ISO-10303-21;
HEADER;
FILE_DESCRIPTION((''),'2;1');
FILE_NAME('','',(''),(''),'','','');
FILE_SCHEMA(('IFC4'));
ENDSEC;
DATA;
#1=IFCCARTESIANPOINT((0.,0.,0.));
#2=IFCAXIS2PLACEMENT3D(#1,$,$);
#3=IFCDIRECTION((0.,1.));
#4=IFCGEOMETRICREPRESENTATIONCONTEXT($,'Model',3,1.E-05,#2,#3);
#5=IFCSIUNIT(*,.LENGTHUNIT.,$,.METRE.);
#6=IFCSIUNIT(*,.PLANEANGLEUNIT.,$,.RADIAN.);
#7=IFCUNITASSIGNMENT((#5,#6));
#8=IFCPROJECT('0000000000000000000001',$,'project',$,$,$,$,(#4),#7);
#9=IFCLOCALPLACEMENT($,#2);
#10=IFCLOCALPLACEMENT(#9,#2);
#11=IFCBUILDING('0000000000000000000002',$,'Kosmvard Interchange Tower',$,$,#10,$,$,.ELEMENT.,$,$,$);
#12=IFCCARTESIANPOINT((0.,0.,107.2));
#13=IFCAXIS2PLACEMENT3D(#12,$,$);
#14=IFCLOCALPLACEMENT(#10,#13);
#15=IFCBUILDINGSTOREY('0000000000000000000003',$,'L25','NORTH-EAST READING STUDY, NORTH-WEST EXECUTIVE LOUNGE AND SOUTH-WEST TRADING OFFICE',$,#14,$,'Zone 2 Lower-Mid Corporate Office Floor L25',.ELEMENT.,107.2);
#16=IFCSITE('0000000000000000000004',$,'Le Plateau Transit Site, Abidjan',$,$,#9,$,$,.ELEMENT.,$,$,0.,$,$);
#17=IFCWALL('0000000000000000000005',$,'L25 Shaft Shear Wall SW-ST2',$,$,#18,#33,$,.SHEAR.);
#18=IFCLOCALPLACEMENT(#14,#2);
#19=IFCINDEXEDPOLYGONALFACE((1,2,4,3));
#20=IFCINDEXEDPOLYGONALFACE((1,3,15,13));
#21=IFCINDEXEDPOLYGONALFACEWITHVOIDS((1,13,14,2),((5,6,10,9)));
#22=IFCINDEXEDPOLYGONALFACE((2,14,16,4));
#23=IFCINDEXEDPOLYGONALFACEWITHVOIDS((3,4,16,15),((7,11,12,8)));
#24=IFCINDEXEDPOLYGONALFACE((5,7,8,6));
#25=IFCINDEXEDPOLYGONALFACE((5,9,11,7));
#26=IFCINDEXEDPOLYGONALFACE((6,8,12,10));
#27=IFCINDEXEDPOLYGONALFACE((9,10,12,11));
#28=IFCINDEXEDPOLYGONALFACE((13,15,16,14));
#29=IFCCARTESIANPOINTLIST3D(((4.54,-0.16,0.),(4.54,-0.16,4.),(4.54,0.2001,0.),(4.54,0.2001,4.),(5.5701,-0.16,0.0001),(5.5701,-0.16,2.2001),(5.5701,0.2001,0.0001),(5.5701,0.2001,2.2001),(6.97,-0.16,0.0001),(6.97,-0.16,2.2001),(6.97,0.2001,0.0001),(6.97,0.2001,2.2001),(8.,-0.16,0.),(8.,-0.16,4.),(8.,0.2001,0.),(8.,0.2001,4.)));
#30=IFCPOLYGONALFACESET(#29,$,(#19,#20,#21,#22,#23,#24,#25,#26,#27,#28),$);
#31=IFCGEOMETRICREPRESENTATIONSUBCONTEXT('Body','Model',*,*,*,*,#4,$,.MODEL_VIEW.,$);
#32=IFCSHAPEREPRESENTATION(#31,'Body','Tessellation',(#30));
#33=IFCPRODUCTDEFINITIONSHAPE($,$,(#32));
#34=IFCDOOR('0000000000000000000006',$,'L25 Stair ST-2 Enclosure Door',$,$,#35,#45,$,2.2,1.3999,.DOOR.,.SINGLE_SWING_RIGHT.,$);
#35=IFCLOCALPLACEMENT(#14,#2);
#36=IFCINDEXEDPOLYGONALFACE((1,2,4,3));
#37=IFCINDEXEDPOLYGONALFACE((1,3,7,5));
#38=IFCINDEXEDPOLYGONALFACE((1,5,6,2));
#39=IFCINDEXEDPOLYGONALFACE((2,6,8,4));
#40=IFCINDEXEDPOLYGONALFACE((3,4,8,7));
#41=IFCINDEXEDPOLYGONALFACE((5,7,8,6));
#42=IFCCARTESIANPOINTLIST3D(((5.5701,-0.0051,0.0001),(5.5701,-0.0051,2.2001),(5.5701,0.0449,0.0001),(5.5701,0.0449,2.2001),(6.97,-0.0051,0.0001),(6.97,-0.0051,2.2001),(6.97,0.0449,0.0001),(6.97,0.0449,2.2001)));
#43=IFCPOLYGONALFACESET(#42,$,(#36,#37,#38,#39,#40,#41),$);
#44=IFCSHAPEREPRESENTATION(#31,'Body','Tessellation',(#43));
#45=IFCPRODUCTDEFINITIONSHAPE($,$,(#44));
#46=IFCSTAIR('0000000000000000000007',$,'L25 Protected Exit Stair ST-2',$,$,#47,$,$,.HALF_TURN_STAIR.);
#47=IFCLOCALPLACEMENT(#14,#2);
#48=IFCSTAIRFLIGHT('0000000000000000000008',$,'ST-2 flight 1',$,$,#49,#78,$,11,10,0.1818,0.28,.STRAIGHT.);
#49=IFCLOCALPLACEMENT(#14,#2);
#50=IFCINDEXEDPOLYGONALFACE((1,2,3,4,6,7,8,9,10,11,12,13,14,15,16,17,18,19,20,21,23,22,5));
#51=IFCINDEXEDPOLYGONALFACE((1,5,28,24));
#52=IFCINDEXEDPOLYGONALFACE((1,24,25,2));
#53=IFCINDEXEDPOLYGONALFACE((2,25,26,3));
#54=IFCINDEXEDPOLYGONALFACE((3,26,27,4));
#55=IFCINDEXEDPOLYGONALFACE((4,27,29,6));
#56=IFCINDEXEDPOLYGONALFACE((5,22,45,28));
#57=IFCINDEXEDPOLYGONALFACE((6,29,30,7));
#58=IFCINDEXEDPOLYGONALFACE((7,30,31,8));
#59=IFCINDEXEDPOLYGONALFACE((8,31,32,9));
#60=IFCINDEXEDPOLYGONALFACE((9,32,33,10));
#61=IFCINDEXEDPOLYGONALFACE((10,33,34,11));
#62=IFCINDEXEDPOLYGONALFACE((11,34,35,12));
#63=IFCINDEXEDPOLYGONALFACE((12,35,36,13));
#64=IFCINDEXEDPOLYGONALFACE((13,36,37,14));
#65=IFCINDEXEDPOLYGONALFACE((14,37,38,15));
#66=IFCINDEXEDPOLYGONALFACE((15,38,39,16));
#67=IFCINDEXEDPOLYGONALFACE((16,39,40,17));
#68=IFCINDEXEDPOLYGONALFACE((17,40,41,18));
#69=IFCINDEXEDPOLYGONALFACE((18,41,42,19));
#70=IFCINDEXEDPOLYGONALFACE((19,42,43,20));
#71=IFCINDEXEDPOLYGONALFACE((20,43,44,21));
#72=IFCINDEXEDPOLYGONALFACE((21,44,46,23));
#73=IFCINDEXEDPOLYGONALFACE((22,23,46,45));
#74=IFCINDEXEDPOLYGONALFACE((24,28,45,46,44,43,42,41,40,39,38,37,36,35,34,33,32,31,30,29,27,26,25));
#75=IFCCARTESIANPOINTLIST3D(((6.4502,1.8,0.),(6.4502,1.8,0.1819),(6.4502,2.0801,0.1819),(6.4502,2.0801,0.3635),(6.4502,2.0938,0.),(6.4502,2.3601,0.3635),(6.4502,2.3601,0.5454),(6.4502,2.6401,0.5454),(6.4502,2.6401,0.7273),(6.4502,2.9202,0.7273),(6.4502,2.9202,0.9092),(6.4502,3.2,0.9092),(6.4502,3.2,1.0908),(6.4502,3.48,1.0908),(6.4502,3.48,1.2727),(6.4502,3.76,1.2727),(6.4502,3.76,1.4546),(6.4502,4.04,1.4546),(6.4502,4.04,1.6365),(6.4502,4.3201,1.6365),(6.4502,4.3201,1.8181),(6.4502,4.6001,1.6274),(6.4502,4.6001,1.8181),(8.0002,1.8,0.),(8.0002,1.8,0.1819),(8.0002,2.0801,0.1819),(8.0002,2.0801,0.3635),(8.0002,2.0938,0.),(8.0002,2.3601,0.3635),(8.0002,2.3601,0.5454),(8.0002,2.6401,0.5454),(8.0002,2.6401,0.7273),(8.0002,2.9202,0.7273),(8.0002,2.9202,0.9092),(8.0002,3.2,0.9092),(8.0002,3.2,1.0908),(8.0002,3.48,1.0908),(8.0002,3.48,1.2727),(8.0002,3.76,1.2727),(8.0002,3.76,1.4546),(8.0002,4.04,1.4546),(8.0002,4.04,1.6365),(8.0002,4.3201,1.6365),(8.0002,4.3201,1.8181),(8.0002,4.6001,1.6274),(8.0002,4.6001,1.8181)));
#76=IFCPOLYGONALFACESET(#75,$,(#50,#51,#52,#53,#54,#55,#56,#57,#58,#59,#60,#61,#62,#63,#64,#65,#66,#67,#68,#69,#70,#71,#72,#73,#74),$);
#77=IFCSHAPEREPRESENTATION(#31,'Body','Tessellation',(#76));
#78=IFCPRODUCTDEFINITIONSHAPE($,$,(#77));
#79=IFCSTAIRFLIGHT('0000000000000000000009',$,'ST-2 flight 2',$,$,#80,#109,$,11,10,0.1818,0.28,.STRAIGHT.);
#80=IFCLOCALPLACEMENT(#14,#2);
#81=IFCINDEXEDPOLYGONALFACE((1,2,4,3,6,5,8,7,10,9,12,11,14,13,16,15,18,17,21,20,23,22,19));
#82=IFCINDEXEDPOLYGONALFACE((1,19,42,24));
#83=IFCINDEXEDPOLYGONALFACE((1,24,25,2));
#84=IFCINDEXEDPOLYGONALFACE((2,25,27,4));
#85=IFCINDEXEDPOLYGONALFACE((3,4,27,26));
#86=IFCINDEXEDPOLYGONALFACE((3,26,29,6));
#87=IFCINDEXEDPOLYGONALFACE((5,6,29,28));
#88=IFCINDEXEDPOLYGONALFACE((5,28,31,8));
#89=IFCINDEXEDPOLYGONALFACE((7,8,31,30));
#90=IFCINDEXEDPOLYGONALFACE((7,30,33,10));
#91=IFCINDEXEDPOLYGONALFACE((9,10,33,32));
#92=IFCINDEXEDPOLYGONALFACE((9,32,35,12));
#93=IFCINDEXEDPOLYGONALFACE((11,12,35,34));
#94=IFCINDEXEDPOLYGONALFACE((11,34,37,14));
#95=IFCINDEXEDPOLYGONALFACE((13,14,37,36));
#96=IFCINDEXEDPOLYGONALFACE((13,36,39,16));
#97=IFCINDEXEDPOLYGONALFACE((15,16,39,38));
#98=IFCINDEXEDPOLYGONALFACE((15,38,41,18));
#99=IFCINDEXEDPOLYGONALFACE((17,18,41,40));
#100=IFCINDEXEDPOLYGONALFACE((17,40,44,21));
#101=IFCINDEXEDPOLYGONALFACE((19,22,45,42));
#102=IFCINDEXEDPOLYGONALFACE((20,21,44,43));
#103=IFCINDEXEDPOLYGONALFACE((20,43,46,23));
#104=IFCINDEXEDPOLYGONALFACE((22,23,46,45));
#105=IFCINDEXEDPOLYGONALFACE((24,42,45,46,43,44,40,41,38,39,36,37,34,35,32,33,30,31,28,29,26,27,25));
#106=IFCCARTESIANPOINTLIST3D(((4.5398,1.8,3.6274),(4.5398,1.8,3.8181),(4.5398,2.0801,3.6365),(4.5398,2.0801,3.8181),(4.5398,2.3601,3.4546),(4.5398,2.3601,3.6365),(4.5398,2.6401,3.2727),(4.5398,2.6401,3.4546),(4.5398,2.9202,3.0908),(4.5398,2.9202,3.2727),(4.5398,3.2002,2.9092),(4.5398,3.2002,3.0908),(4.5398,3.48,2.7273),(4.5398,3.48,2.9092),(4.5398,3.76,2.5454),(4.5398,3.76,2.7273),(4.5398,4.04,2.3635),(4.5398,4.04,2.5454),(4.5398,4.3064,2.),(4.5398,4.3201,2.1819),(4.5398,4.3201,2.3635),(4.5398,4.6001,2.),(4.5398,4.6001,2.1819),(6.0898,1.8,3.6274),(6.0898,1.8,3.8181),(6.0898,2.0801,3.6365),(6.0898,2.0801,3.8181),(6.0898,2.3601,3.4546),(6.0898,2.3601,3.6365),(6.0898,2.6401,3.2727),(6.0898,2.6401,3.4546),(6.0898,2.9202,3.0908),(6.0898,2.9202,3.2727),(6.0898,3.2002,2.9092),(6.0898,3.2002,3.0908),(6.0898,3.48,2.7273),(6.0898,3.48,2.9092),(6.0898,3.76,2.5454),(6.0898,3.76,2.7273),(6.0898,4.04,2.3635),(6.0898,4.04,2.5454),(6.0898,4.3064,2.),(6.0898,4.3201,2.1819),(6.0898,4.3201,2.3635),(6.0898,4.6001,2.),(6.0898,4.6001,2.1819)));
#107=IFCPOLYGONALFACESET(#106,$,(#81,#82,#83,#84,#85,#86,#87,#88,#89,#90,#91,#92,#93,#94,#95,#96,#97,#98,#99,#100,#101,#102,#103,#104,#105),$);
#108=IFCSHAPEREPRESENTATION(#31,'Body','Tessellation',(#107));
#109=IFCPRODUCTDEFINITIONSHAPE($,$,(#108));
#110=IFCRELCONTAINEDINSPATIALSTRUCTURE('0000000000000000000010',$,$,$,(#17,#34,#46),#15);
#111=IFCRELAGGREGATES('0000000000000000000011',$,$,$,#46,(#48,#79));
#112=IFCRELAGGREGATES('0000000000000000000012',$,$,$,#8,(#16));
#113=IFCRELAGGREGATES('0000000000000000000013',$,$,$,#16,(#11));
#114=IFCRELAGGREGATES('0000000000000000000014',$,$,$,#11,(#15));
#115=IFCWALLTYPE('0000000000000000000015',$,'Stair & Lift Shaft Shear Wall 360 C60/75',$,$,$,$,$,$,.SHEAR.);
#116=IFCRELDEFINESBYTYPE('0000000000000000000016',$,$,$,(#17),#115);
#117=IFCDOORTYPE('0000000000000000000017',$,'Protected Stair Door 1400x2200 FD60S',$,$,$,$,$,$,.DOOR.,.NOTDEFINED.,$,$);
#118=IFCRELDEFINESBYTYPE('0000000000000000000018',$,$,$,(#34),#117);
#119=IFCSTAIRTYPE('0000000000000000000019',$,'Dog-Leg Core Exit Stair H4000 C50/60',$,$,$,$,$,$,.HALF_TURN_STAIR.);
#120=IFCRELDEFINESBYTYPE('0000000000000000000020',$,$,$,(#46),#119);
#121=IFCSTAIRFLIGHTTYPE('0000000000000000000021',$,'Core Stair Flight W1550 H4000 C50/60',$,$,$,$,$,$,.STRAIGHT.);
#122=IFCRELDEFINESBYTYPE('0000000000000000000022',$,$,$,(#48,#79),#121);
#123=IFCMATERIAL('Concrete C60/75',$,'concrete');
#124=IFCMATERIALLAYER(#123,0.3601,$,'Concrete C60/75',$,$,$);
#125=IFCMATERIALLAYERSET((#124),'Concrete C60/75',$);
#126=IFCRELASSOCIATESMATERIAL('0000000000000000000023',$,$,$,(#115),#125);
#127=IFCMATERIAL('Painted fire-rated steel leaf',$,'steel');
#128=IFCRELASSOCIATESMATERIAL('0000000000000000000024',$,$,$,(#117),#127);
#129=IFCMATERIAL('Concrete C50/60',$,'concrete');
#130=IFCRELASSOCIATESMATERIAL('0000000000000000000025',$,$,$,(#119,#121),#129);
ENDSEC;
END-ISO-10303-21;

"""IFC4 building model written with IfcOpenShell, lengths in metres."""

from ifc_helpers import new_model, si_unit, direction, frame, frame_2d, origin, place, context, subcontext, project, spatial, polyline, rectangle, outline, extrude, source, transform, mapped, material, layer, layer_set, type_object, element, fill, aggregate, save


model = new_model("IFC4")

# Units and contexts
model_context = context("Model", 3, precision=1e-05, world=origin(), true_north=direction((0.0, 1.0)))
body_context = subcontext(model_context, "Body", "Model", "MODEL_VIEW")
ifc_project = project(units=[si_unit("LENGTHUNIT", "METRE"), si_unit("PLANEANGLEUNIT", "RADIAN")], contexts=[model_context])

# Site, building, storey
site_placement = place(None, origin())
site = spatial("IfcSite", under=ifc_project, at=site_placement, Name="Le Plateau Transit Site, Abidjan", CompositionType="ELEMENT", RefElevation=0.0)
building_placement = place(site_placement, origin())
building = spatial("IfcBuilding", under=site, at=building_placement, Name="Kosmvard Interchange Tower", CompositionType="ELEMENT")
storey_placement = place(building_placement, frame((0.0, 0.0, 107.2)))
storey = spatial("IfcBuildingStorey", under=building, at=storey_placement, Name="L25", Description="NORTH-EAST READING STUDY, NORTH-WEST EXECUTIVE LOUNGE AND SOUTH-WEST TRADING OFFICE", LongName="Zone 2 Lower-Mid Corporate Office Floor L25", CompositionType="ELEMENT", Elevation=107.2)

# Shared definitions
ifc_material_1 = material(Name="Concrete C60/75", Category="concrete")

# Wall, opening, door
ifc_layer_1 = layer(ifc_material_1, 0.3601, Name="Concrete C60/75")
ifc_layer_set_1 = layer_set([ifc_layer_1], Name="Concrete C60/75")
wall_type_1 = type_object("IfcWallType", Name="Stair & Lift Shaft Shear Wall 360 C60/75", PredefinedType="SHEAR", material=ifc_layer_set_1)
wall_1_placement = place(storey_placement, frame((4.54, 0.02, 0.0), z_axis=(0.0, 0.0, 1.0), x_axis=(1.0, 0.0, 0.0)))
wall_1 = element("IfcWall", 1, at=wall_1_placement, inside=storey, type_object=wall_type_1, Name="L25 Shaft Shear Wall SW-ST2", PredefinedType="SHEAR", context=body_context, shape_type="SweptSolid", body=[
    extrude(rectangle(XDim=3.46, YDim=0.3601, at=frame_2d((1.73, 0.0))), origin(), (0.0, 0.0, 1.0), 4.0),
])
opening_placement = place(wall_1_placement, frame((1.03, 0.0, 0.0)))
opening = element("IfcOpeningElement", 2, at=opening_placement, cuts=wall_1, PredefinedType="OPENING", context=body_context, shape_type="SweptSolid", body=[
    extrude(rectangle(XDim=1.3999, YDim=2.2, at=frame_2d((0.7, 1.1001))), frame((0.0, 0.1899, 0.0), z_axis=(0.0, -1.0, 0.0), x_axis=(1.0, 0.0, 0.0)), (0.0, 0.0, 1.0), 0.3801),
])
ifc_material_2 = material(Name="Painted fire-rated steel leaf", Category="steel")
door_type = type_object("IfcDoorType", Name="Protected Stair Door 1400x2200 FD60S", OperationType="NOTDEFINED", PredefinedType="DOOR", material=ifc_material_2)
shared_shape_1 = source(origin(), body_context, "Body", "SweptSolid", [
    extrude(rectangle(XDim=1.3999, YDim=2.2, at=frame_2d((0.7, 1.1001))), frame((0.0, 0.0249, 0.0), z_axis=(0.0, -1.0, 0.0), x_axis=(1.0, 0.0, 0.0)), (0.0, 0.0, 1.0), 0.05),
])
door_placement = place(opening_placement, origin())
door = element("IfcDoor", 3, at=door_placement, inside=storey, type_object=door_type, Name="L25 Stair ST-2 Enclosure Door", OperationType="SINGLE_SWING_RIGHT", OverallHeight=2.2, OverallWidth=1.3999, PredefinedType="DOOR", context=body_context, shape_type="MappedRepresentation", body=[
    mapped(shared_shape_1, transform((0.0, 0.0, 0.0), scale=1.0)),
])
fill(opening, door)

# Stair, stair flights
ifc_material_3 = material(Name="Concrete C50/60", Category="concrete")
stair_type = type_object("IfcStairType", Name="Dog-Leg Core Exit Stair H4000 C50/60", PredefinedType="HALF_TURN_STAIR", material=ifc_material_3)
stair_placement = place(storey_placement, origin())
stair = element("IfcStair", 4, at=stair_placement, inside=storey, type_object=stair_type, Name="L25 Protected Exit Stair ST-2", PredefinedType="HALF_TURN_STAIR")
stair_flight_type = type_object("IfcStairFlightType", Name="Core Stair Flight W1550 H4000 C50/60", PredefinedType="STRAIGHT", material=ifc_material_3)
shared_shape_2 = source(origin(), body_context, "Body", "SweptSolid", [
    extrude(outline(polyline([(0.0, 0.0), (0.0, 0.1819), (0.28, 0.1819), (0.28, 0.3635), (0.5601, 0.3635), (0.5601, 0.5454), (0.8401, 0.5454), (0.8401, 0.7273), (1.1201, 0.7273), (1.1201, 0.9092), (1.3999, 0.9092), (1.3999, 1.0908), (1.6799, 1.0908), (1.6799, 1.2727), (1.96, 1.2727), (1.96, 1.4546), (2.24, 1.4546), (2.24, 1.6365), (2.52, 1.6365), (2.52, 1.8181), (2.8, 1.8181), (2.8, 2.0), (2.8, 1.6274), (0.2937, 0.0), (0.0, 0.0)])), frame((0.0, 0.7749, 0.0), z_axis=(0.0, -1.0, 0.0), x_axis=(1.0, 0.0, 0.0)), (0.0, 0.0, 1.0), 1.55),
])
stair_flight_1_placement = place(storey_placement, frame((7.2251, 1.8, 0.0), z_axis=(0.0, 0.0, 1.0), x_axis=(0.0, 1.0, 0.0)))
stair_flight_1 = element("IfcStairFlight", 5, at=stair_flight_1_placement, type_object=stair_flight_type, Name="ST-2 flight 1", NumberOfRisers=11, NumberOfTreads=10, PredefinedType="STRAIGHT", RiserHeight=0.1818, TreadLength=0.28, context=body_context, shape_type="MappedRepresentation", body=[
    mapped(shared_shape_2, transform((0.0, 0.0, 0.0), scale=1.0)),
])
stair_flight_2_placement = place(storey_placement, frame((5.3149, 4.6001, 2.0), z_axis=(0.0, 0.0, 1.0), x_axis=(0.0, -1.0, 0.0)))
stair_flight_2 = element("IfcStairFlight", 6, at=stair_flight_2_placement, type_object=stair_flight_type, Name="ST-2 flight 2", NumberOfRisers=11, NumberOfTreads=10, PredefinedType="STRAIGHT", RiserHeight=0.1818, TreadLength=0.28, context=body_context, shape_type="MappedRepresentation", body=[
    mapped(shared_shape_2, transform((0.0, 0.0, 0.0), scale=1.0)),
])
aggregate(stair, [stair_flight_1, stair_flight_2])

save(model, "model.ifc")
